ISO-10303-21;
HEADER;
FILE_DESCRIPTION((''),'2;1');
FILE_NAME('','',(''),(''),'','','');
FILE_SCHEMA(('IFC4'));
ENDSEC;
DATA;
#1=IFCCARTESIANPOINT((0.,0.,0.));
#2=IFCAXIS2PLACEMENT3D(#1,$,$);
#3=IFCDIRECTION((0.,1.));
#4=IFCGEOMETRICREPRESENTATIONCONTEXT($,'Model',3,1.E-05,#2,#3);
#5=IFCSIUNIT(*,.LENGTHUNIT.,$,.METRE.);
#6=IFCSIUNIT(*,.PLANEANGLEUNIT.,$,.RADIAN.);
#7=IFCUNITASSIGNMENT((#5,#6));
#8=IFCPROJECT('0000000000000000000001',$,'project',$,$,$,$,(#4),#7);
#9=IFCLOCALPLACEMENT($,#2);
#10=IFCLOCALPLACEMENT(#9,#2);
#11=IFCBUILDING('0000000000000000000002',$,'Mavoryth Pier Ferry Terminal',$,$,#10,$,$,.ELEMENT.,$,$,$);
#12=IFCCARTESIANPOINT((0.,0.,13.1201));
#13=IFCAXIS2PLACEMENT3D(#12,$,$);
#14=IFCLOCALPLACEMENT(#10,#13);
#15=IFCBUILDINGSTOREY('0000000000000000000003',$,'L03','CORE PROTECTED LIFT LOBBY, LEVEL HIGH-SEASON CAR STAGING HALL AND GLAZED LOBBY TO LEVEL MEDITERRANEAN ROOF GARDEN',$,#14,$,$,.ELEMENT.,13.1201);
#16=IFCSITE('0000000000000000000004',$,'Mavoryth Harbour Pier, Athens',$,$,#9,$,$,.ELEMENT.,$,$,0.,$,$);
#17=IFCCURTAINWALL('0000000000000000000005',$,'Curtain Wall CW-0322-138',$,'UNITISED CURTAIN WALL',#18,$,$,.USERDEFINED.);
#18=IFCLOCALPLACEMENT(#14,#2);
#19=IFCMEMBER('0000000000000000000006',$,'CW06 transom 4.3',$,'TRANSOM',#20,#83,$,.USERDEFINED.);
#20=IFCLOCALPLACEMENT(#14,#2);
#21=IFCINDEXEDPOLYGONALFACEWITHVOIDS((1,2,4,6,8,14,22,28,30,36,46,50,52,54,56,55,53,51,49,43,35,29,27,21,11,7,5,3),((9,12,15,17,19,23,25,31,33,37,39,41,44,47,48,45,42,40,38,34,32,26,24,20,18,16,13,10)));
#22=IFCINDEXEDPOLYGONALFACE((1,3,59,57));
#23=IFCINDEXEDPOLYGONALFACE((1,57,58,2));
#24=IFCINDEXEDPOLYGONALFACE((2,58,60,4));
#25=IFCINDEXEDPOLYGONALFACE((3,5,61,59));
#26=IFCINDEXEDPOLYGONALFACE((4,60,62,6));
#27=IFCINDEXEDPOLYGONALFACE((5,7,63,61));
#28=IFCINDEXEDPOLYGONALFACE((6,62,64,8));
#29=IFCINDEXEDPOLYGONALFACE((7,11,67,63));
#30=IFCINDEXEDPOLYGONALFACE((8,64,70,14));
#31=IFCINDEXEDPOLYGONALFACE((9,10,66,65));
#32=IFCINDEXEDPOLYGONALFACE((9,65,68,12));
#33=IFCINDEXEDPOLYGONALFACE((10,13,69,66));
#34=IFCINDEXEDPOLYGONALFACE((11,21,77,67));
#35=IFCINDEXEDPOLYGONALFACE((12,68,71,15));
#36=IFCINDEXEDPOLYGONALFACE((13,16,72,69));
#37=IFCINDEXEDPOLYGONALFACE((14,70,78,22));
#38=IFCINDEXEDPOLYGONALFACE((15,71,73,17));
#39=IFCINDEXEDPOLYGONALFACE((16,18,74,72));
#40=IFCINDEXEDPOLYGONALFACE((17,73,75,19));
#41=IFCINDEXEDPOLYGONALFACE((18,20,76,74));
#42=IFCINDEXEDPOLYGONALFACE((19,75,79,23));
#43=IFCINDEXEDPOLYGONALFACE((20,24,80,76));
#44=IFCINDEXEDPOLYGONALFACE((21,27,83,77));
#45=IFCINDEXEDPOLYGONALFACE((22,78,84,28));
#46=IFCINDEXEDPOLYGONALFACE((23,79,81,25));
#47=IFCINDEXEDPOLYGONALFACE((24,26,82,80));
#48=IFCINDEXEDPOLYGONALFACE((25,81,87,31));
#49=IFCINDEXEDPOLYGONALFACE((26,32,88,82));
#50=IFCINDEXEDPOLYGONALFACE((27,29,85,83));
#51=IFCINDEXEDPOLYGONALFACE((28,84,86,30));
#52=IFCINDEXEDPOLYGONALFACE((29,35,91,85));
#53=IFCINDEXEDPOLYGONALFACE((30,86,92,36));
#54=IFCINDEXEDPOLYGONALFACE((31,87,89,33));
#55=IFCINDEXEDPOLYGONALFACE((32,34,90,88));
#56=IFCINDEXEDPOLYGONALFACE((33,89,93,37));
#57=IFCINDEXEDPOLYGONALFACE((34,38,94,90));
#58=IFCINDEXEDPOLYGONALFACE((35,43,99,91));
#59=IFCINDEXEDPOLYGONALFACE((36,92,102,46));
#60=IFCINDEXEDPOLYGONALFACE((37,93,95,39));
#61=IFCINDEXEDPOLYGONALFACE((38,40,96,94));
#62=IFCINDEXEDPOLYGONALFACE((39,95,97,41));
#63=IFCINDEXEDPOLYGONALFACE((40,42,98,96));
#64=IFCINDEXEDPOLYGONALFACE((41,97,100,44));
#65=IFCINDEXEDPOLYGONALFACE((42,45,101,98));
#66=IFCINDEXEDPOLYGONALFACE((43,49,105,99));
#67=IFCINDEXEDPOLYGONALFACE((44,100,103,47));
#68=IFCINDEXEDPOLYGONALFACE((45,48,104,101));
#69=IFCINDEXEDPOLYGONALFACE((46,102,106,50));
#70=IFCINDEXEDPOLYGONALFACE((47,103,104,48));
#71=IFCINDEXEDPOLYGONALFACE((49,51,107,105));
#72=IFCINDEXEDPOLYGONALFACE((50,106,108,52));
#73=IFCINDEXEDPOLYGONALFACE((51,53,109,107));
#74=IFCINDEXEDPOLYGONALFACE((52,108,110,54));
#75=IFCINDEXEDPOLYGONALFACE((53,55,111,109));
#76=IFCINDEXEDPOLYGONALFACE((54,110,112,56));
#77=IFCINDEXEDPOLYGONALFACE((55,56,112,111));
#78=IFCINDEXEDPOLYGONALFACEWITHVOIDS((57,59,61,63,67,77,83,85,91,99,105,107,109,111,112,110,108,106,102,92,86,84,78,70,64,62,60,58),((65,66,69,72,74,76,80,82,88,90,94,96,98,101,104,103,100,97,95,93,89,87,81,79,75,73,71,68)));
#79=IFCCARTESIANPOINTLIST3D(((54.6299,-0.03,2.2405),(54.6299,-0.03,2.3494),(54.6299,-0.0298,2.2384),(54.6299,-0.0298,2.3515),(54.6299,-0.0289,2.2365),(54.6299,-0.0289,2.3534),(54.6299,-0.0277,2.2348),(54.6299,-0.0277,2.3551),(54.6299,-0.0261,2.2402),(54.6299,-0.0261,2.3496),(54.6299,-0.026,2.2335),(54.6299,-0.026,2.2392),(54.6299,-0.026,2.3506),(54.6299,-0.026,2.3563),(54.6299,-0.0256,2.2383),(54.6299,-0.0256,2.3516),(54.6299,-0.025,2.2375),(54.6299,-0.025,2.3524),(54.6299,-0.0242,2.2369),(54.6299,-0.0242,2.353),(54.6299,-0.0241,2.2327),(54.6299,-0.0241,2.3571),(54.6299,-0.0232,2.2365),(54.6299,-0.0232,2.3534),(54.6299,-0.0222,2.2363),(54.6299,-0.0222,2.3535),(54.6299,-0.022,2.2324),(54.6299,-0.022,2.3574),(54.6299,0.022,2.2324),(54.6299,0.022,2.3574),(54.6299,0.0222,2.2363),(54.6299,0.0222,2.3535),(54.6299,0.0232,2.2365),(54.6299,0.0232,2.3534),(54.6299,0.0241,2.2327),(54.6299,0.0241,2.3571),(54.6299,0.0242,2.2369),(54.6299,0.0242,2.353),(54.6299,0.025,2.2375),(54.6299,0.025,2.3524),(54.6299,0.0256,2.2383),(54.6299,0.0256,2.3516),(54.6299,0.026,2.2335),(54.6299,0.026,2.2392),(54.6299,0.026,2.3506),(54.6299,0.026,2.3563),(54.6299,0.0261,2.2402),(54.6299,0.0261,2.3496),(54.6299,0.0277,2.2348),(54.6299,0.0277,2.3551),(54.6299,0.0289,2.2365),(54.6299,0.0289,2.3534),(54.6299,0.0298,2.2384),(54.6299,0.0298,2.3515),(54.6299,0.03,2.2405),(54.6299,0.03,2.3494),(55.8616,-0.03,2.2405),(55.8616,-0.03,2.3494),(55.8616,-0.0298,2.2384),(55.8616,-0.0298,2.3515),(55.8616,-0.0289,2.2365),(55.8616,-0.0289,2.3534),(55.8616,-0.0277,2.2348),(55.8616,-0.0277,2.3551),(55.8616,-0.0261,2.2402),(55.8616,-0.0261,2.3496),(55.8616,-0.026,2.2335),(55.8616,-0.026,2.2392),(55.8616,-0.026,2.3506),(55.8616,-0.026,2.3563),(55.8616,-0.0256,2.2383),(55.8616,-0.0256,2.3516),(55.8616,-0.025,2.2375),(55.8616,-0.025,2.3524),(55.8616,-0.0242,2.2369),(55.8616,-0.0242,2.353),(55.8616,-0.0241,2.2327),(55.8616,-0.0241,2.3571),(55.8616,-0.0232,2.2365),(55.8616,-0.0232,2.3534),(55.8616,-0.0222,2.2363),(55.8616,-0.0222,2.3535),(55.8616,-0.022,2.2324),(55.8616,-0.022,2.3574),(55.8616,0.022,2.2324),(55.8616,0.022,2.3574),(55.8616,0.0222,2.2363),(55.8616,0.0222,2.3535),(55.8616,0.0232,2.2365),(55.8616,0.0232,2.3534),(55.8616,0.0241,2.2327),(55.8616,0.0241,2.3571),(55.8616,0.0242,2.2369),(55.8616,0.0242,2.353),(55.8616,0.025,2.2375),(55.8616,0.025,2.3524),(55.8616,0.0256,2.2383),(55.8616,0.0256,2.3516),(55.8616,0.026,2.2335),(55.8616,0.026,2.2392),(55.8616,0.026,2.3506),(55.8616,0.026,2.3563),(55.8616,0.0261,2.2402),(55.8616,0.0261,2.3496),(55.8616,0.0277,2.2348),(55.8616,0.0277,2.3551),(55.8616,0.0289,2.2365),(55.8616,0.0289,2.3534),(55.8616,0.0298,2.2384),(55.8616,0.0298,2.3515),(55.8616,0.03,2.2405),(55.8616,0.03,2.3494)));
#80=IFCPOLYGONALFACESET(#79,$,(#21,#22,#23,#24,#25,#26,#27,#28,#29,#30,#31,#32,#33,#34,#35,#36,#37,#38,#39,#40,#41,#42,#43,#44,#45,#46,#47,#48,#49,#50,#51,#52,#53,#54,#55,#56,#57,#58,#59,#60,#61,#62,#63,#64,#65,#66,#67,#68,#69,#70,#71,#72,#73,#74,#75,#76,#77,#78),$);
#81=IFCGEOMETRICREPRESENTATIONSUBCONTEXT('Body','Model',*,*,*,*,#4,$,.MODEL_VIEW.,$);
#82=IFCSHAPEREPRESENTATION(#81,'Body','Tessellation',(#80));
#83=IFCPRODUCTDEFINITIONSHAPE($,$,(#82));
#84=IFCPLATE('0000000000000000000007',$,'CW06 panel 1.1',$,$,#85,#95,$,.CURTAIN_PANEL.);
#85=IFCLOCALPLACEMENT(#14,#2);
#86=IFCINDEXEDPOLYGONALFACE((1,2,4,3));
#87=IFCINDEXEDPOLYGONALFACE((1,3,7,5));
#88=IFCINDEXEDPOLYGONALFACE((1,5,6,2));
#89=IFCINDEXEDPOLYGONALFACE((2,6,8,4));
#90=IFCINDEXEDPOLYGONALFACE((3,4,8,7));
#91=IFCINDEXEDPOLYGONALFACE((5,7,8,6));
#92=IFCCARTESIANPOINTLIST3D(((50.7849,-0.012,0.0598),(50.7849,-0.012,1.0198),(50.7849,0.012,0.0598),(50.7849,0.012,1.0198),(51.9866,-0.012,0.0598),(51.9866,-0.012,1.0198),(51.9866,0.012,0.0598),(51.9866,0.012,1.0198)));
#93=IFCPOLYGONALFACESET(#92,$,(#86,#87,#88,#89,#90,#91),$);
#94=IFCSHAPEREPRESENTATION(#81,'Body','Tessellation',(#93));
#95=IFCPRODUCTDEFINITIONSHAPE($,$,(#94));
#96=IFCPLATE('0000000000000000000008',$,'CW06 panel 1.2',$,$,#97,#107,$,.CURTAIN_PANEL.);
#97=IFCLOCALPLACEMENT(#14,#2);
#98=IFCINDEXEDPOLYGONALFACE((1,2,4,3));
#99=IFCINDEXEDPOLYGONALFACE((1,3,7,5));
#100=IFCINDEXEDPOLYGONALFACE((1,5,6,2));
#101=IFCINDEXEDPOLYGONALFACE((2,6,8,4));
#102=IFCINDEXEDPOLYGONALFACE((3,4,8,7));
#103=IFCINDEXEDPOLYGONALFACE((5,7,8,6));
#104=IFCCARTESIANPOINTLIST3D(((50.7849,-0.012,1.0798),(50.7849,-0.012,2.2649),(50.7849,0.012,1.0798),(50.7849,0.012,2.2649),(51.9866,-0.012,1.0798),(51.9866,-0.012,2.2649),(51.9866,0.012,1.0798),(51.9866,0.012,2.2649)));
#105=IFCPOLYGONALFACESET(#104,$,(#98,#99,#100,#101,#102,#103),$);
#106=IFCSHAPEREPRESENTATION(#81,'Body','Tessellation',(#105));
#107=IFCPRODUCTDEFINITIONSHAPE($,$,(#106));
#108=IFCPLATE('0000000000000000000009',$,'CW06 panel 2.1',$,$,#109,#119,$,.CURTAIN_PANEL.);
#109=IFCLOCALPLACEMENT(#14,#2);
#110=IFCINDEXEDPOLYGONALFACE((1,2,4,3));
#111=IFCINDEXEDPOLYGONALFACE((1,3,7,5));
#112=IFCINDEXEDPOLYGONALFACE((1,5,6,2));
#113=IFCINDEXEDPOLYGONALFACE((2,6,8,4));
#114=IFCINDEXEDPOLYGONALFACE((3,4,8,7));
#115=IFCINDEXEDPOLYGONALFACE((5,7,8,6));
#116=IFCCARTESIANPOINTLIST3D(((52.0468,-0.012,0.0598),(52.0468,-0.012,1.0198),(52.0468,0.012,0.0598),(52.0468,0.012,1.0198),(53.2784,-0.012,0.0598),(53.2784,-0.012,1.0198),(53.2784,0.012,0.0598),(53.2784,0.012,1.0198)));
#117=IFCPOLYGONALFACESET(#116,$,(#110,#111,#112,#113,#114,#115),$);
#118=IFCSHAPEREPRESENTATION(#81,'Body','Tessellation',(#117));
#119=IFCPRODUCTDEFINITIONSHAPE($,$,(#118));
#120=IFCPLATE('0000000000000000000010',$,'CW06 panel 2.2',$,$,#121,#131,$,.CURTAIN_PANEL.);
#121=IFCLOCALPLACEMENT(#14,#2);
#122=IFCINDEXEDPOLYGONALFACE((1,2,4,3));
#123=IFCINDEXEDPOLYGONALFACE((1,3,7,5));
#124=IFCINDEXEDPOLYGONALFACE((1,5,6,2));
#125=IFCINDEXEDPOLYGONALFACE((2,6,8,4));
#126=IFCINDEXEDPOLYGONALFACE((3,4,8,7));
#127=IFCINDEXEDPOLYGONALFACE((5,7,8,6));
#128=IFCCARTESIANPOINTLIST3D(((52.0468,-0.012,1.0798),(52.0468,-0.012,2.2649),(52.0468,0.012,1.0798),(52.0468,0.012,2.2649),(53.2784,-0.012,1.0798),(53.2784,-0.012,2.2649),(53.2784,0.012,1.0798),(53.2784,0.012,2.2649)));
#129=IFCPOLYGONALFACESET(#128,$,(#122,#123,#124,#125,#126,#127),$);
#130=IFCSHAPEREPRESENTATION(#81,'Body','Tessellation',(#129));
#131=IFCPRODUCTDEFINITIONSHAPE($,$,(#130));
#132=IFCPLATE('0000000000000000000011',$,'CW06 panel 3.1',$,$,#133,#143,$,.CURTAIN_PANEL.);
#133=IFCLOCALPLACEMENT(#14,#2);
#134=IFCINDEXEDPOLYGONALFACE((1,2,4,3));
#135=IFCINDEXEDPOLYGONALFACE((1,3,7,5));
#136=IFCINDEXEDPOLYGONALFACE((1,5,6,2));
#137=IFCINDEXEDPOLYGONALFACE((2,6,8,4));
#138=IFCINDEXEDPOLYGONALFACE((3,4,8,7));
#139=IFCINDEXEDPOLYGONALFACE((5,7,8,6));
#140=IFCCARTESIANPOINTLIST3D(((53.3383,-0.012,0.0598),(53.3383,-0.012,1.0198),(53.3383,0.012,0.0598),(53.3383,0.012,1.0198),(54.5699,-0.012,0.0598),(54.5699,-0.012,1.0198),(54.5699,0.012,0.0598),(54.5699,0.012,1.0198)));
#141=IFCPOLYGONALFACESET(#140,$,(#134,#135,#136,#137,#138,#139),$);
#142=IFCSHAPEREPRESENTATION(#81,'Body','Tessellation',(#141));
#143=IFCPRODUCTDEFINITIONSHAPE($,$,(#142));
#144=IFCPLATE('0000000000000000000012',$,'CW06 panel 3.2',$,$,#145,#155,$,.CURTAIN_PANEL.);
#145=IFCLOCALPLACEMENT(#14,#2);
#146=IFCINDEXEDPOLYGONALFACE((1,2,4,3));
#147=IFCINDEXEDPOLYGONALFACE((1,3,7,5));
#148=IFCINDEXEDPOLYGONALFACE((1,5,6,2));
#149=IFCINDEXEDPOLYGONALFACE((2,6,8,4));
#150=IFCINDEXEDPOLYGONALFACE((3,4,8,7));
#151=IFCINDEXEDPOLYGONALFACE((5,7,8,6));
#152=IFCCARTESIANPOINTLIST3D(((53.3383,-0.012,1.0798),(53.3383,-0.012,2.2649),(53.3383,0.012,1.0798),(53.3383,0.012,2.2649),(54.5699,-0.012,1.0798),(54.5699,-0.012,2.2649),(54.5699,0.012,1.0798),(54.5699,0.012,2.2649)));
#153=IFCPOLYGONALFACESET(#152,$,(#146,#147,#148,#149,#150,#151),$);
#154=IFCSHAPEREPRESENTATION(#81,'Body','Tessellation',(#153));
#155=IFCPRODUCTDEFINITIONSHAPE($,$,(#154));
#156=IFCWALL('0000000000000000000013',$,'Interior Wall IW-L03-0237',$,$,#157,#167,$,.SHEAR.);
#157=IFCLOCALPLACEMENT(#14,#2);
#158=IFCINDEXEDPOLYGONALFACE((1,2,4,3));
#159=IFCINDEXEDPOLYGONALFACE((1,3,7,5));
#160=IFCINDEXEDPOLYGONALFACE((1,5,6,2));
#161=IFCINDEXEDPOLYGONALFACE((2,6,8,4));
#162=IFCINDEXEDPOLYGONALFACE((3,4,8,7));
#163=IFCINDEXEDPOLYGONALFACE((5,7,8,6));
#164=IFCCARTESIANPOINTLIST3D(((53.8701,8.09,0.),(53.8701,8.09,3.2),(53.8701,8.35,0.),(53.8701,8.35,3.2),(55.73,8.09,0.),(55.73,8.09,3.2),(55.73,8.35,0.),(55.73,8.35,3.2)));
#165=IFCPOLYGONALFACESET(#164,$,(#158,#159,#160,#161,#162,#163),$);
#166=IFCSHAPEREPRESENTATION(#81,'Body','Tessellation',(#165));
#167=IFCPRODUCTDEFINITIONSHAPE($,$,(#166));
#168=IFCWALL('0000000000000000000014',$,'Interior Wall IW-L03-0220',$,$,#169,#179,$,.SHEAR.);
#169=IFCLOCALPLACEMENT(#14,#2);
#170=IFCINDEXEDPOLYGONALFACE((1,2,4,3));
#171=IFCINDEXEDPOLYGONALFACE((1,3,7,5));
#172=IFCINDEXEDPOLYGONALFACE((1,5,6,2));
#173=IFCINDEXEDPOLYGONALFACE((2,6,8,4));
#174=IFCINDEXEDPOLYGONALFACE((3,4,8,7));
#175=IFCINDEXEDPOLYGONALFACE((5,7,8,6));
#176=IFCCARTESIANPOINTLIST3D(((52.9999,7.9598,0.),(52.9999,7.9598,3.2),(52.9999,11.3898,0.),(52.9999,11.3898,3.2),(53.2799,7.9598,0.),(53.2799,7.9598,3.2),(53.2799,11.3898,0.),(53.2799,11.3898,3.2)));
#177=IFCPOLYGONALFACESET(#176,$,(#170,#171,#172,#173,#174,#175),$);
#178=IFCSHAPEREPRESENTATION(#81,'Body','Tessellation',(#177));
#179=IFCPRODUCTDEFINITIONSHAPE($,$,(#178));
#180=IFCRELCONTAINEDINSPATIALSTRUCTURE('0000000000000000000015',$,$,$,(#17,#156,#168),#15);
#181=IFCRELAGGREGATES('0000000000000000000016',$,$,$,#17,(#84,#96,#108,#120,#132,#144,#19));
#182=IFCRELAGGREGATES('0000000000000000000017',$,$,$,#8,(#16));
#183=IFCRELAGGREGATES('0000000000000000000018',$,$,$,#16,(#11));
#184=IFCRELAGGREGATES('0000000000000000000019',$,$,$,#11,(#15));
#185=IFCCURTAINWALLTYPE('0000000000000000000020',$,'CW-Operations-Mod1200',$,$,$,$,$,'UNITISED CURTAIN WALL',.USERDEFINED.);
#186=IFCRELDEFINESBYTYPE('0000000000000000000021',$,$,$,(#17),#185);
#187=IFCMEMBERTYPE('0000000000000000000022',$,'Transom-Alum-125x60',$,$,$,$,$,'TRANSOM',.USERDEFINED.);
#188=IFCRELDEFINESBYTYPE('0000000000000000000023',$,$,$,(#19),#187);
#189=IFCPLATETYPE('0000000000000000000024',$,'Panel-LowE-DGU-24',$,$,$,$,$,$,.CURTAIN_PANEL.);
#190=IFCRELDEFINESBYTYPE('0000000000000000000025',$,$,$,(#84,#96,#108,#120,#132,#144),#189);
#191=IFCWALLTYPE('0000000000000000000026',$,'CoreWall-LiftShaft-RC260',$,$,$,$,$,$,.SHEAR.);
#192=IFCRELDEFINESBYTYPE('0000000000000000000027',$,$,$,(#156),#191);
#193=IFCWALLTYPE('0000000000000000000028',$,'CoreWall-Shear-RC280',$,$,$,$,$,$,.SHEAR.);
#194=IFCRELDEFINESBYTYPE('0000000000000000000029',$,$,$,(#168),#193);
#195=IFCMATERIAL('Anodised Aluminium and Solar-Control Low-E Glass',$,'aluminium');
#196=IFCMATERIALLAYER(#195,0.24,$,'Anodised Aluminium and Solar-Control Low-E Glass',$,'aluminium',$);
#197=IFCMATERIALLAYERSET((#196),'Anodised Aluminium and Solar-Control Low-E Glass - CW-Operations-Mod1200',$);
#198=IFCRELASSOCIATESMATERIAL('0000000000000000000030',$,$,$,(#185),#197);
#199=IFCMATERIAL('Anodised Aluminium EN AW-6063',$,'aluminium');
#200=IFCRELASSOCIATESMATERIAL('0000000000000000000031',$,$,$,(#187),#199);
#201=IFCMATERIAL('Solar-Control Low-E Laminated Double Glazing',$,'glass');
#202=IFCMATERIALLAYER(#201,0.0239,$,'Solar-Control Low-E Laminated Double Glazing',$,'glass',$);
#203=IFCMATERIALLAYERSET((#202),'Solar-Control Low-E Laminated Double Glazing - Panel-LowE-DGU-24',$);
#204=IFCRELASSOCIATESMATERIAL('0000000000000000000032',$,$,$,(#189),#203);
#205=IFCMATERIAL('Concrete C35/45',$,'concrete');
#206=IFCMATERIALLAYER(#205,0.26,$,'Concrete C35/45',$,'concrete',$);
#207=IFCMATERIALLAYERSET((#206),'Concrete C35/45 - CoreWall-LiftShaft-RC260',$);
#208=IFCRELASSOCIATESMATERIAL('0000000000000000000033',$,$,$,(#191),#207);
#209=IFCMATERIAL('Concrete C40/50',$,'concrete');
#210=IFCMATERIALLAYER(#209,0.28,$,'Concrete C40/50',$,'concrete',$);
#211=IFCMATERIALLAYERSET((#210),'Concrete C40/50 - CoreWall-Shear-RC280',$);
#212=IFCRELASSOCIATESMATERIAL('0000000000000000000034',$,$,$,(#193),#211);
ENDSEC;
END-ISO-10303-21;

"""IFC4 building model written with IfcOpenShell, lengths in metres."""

from ifc_helpers import new_model, si_unit, direction, frame, frame_2d, origin, origin_2d, place, context, subcontext, project, spatial, rectangle, hollow_rectangle, extrude, material, layer, layer_set, material_profile, profile_set, type_object, element, aggregate, save


model = new_model("IFC4")

# Units and contexts
model_context = context("Model", 3, precision=1e-05, world=origin(), true_north=direction((0.0, 1.0)))
body_context = subcontext(model_context, "Body", "Model", "MODEL_VIEW")
ifc_project = project(units=[si_unit("LENGTHUNIT", "METRE"), si_unit("PLANEANGLEUNIT", "RADIAN")], contexts=[model_context])

# Site, building, storey
site_placement = place(None, origin())
site = spatial("IfcSite", under=ifc_project, at=site_placement, Name="Mavoryth Harbour Pier, Athens", CompositionType="ELEMENT", RefElevation=0.0)
building_placement = place(site_placement, origin())
building = spatial("IfcBuilding", under=site, at=building_placement, Name="Mavoryth Pier Ferry Terminal", CompositionType="ELEMENT")
storey_placement = place(building_placement, frame((0.0, 0.0, 13.1201)))
storey = spatial("IfcBuildingStorey", under=building, at=storey_placement, Name="L03", Description="CORE PROTECTED LIFT LOBBY, LEVEL HIGH-SEASON CAR STAGING HALL AND GLAZED LOBBY TO LEVEL MEDITERRANEAN ROOF GARDEN", CompositionType="ELEMENT", Elevation=13.1201)

# Shared definitions
ifc_material_1 = material(Name="Concrete C35/45", Category="concrete")

# Curtain wall, member, plates
ifc_material_2 = material(Name="Anodised Aluminium and Solar-Control Low-E Glass", Category="aluminium")
ifc_layer_1 = layer(ifc_material_2, 0.24, Name="Anodised Aluminium and Solar-Control Low-E Glass", Category="aluminium")
ifc_layer_set_1 = layer_set([ifc_layer_1], Name="Anodised Aluminium and Solar-Control Low-E Glass - CW-Operations-Mod1200")
curtain_wall_type = type_object("IfcCurtainWallType", Name="CW-Operations-Mod1200", ElementType="UNITISED CURTAIN WALL", PredefinedType="USERDEFINED", material=ifc_layer_set_1)
curtain_wall_placement = place(storey_placement, origin())
curtain_wall = element("IfcCurtainWall", 1, at=curtain_wall_placement, inside=storey, type_object=curtain_wall_type, Name="Curtain Wall CW-0322-138", ObjectType="UNITISED CURTAIN WALL", PredefinedType="USERDEFINED")
ifc_material_3 = material(Name="Anodised Aluminium EN AW-6063", Category="aluminium")
ifc_material_profile_1 = material_profile(ifc_material_3, hollow_rectangle(XDim=0.0601, YDim=0.125, WallThickness=0.0039, InnerFilletRadius=0.0039, OuterFilletRadius=0.0081, at=origin_2d()), Name="AL-TRAN 125x60x4", Category="aluminium")
ifc_profile_set_1 = profile_set([ifc_material_profile_1], Name="Anodised Aluminium EN AW-6063 - AL-TRAN 125x60x4")
member_type_1 = type_object("IfcMemberType", Name="Transom-Alum-125x60", ElementType="TRANSOM", PredefinedType="USERDEFINED", material=ifc_profile_set_1)
member_1_placement = place(storey_placement, frame((54.6299, 0.0, 2.2949), z_axis=(1.0, 0.0, 0.0), x_axis=(0.0, 1.0, 0.0)))
member_1 = element("IfcMember", 2, at=member_1_placement, type_object=member_type_1, Name="CW06 transom 4.3", ObjectType="TRANSOM", PredefinedType="USERDEFINED", context=body_context, shape_type="SweptSolid", body=[
    extrude(hollow_rectangle(XDim=0.0601, YDim=0.125, WallThickness=0.0039, InnerFilletRadius=0.0039, OuterFilletRadius=0.0081, at=origin_2d()), origin(), (0.0, 0.0, 1.0), 1.2317),
])
ifc_material_4 = material(Name="Solar-Control Low-E Laminated Double Glazing", Category="glass")
ifc_layer_2 = layer(ifc_material_4, 0.0239, Name="Solar-Control Low-E Laminated Double Glazing", Category="glass")
ifc_layer_set_2 = layer_set([ifc_layer_2], Name="Solar-Control Low-E Laminated Double Glazing - Panel-LowE-DGU-24")
plate_type = type_object("IfcPlateType", Name="Panel-LowE-DGU-24", PredefinedType="CURTAIN_PANEL", material=ifc_layer_set_2)
plate_1_placement = place(storey_placement, frame((51.3857, 0.0, 0.0598), z_axis=(0.0, 0.0, 1.0), x_axis=(1.0, 0.0, 0.0)))
plate_1 = element("IfcPlate", 3, at=plate_1_placement, type_object=plate_type, Name="CW06 panel 1.1", PredefinedType="CURTAIN_PANEL", context=body_context, shape_type="SweptSolid", body=[
    extrude(rectangle(XDim=1.2017, YDim=0.0239, at=origin_2d()), origin(), (0.0, 0.0, 1.0), 0.96),
])
plate_2_placement = place(storey_placement, frame((51.3857, 0.0, 1.0798), z_axis=(0.0, 0.0, 1.0), x_axis=(1.0, 0.0, 0.0)))
plate_2 = element("IfcPlate", 4, at=plate_2_placement, type_object=plate_type, Name="CW06 panel 1.2", PredefinedType="CURTAIN_PANEL", context=body_context, shape_type="SweptSolid", body=[
    extrude(rectangle(XDim=1.2017, YDim=0.0239, at=origin_2d()), origin(), (0.0, 0.0, 1.0), 1.1851),
])
plate_3_placement = place(storey_placement, frame((52.6626, 0.0, 0.0598), z_axis=(0.0, 0.0, 1.0), x_axis=(1.0, 0.0, 0.0)))
plate_3 = element("IfcPlate", 5, at=plate_3_placement, type_object=plate_type, Name="CW06 panel 2.1", PredefinedType="CURTAIN_PANEL", context=body_context, shape_type="SweptSolid", body=[
    extrude(rectangle(XDim=1.2317, YDim=0.0239, at=origin_2d()), origin(), (0.0, 0.0, 1.0), 0.96),
])
plate_4_placement = place(storey_placement, frame((52.6626, 0.0, 1.0798), z_axis=(0.0, 0.0, 1.0), x_axis=(1.0, 0.0, 0.0)))
plate_4 = element("IfcPlate", 6, at=plate_4_placement, type_object=plate_type, Name="CW06 panel 2.2", PredefinedType="CURTAIN_PANEL", context=body_context, shape_type="SweptSolid", body=[
    extrude(rectangle(XDim=1.2317, YDim=0.0239, at=origin_2d()), origin(), (0.0, 0.0, 1.0), 1.1851),
])
plate_5_placement = place(storey_placement, frame((53.9541, 0.0, 0.0598), z_axis=(0.0, 0.0, 1.0), x_axis=(1.0, 0.0, 0.0)))
plate_5 = element("IfcPlate", 7, at=plate_5_placement, type_object=plate_type, Name="CW06 panel 3.1", PredefinedType="CURTAIN_PANEL", context=body_context, shape_type="SweptSolid", body=[
    extrude(rectangle(XDim=1.2317, YDim=0.0239, at=origin_2d()), origin(), (0.0, 0.0, 1.0), 0.96),
])
plate_6_placement = place(storey_placement, frame((53.9541, 0.0, 1.0798), z_axis=(0.0, 0.0, 1.0), x_axis=(1.0, 0.0, 0.0)))
plate_6 = element("IfcPlate", 8, at=plate_6_placement, type_object=plate_type, Name="CW06 panel 3.2", PredefinedType="CURTAIN_PANEL", context=body_context, shape_type="SweptSolid", body=[
    extrude(rectangle(XDim=1.2317, YDim=0.0239, at=origin_2d()), origin(), (0.0, 0.0, 1.0), 1.1851),
])
aggregate(curtain_wall, [plate_1, plate_2, plate_3, plate_4, plate_5, plate_6, member_1])

# Walls
ifc_layer_3 = layer(ifc_material_1, 0.26, Name="Concrete C35/45", Category="concrete")
ifc_layer_set_3 = layer_set([ifc_layer_3], Name="Concrete C35/45 - CoreWall-LiftShaft-RC260")
wall_type_1 = type_object("IfcWallType", Name="CoreWall-LiftShaft-RC260", PredefinedType="SHEAR", material=ifc_layer_set_3)
wall_1_placement = place(storey_placement, frame((53.8701, 8.22, 0.0), z_axis=(0.0, 0.0, 1.0), x_axis=(1.0, 0.0, 0.0)))
element("IfcWall", 9, at=wall_1_placement, inside=storey, type_object=wall_type_1, Name="Interior Wall IW-L03-0237", PredefinedType="SHEAR", context=body_context, shape_type="SweptSolid", body=[
    extrude(rectangle(XDim=1.8599, YDim=0.26, at=frame_2d((0.9299, 0.0))), origin(), (0.0, 0.0, 1.0), 3.2),
])
ifc_material_5 = material(Name="Concrete C40/50", Category="concrete")
ifc_layer_4 = layer(ifc_material_5, 0.28, Name="Concrete C40/50", Category="concrete")
ifc_layer_set_4 = layer_set([ifc_layer_4], Name="Concrete C40/50 - CoreWall-Shear-RC280")
wall_type_2 = type_object("IfcWallType", Name="CoreWall-Shear-RC280", PredefinedType="SHEAR", material=ifc_layer_set_4)
wall_2_placement = place(storey_placement, frame((53.1399, 7.96, 0.0), z_axis=(0.0, 0.0, 1.0), x_axis=(0.0, 1.0, 0.0)))
element("IfcWall", 10, at=wall_2_placement, inside=storey, type_object=wall_type_2, Name="Interior Wall IW-L03-0220", PredefinedType="SHEAR", context=body_context, shape_type="SweptSolid", body=[
    extrude(rectangle(XDim=3.4299, YDim=0.28, at=frame_2d((1.7148, 0.0))), origin(), (0.0, 0.0, 1.0), 3.2),
])

save(model, "model.ifc")
